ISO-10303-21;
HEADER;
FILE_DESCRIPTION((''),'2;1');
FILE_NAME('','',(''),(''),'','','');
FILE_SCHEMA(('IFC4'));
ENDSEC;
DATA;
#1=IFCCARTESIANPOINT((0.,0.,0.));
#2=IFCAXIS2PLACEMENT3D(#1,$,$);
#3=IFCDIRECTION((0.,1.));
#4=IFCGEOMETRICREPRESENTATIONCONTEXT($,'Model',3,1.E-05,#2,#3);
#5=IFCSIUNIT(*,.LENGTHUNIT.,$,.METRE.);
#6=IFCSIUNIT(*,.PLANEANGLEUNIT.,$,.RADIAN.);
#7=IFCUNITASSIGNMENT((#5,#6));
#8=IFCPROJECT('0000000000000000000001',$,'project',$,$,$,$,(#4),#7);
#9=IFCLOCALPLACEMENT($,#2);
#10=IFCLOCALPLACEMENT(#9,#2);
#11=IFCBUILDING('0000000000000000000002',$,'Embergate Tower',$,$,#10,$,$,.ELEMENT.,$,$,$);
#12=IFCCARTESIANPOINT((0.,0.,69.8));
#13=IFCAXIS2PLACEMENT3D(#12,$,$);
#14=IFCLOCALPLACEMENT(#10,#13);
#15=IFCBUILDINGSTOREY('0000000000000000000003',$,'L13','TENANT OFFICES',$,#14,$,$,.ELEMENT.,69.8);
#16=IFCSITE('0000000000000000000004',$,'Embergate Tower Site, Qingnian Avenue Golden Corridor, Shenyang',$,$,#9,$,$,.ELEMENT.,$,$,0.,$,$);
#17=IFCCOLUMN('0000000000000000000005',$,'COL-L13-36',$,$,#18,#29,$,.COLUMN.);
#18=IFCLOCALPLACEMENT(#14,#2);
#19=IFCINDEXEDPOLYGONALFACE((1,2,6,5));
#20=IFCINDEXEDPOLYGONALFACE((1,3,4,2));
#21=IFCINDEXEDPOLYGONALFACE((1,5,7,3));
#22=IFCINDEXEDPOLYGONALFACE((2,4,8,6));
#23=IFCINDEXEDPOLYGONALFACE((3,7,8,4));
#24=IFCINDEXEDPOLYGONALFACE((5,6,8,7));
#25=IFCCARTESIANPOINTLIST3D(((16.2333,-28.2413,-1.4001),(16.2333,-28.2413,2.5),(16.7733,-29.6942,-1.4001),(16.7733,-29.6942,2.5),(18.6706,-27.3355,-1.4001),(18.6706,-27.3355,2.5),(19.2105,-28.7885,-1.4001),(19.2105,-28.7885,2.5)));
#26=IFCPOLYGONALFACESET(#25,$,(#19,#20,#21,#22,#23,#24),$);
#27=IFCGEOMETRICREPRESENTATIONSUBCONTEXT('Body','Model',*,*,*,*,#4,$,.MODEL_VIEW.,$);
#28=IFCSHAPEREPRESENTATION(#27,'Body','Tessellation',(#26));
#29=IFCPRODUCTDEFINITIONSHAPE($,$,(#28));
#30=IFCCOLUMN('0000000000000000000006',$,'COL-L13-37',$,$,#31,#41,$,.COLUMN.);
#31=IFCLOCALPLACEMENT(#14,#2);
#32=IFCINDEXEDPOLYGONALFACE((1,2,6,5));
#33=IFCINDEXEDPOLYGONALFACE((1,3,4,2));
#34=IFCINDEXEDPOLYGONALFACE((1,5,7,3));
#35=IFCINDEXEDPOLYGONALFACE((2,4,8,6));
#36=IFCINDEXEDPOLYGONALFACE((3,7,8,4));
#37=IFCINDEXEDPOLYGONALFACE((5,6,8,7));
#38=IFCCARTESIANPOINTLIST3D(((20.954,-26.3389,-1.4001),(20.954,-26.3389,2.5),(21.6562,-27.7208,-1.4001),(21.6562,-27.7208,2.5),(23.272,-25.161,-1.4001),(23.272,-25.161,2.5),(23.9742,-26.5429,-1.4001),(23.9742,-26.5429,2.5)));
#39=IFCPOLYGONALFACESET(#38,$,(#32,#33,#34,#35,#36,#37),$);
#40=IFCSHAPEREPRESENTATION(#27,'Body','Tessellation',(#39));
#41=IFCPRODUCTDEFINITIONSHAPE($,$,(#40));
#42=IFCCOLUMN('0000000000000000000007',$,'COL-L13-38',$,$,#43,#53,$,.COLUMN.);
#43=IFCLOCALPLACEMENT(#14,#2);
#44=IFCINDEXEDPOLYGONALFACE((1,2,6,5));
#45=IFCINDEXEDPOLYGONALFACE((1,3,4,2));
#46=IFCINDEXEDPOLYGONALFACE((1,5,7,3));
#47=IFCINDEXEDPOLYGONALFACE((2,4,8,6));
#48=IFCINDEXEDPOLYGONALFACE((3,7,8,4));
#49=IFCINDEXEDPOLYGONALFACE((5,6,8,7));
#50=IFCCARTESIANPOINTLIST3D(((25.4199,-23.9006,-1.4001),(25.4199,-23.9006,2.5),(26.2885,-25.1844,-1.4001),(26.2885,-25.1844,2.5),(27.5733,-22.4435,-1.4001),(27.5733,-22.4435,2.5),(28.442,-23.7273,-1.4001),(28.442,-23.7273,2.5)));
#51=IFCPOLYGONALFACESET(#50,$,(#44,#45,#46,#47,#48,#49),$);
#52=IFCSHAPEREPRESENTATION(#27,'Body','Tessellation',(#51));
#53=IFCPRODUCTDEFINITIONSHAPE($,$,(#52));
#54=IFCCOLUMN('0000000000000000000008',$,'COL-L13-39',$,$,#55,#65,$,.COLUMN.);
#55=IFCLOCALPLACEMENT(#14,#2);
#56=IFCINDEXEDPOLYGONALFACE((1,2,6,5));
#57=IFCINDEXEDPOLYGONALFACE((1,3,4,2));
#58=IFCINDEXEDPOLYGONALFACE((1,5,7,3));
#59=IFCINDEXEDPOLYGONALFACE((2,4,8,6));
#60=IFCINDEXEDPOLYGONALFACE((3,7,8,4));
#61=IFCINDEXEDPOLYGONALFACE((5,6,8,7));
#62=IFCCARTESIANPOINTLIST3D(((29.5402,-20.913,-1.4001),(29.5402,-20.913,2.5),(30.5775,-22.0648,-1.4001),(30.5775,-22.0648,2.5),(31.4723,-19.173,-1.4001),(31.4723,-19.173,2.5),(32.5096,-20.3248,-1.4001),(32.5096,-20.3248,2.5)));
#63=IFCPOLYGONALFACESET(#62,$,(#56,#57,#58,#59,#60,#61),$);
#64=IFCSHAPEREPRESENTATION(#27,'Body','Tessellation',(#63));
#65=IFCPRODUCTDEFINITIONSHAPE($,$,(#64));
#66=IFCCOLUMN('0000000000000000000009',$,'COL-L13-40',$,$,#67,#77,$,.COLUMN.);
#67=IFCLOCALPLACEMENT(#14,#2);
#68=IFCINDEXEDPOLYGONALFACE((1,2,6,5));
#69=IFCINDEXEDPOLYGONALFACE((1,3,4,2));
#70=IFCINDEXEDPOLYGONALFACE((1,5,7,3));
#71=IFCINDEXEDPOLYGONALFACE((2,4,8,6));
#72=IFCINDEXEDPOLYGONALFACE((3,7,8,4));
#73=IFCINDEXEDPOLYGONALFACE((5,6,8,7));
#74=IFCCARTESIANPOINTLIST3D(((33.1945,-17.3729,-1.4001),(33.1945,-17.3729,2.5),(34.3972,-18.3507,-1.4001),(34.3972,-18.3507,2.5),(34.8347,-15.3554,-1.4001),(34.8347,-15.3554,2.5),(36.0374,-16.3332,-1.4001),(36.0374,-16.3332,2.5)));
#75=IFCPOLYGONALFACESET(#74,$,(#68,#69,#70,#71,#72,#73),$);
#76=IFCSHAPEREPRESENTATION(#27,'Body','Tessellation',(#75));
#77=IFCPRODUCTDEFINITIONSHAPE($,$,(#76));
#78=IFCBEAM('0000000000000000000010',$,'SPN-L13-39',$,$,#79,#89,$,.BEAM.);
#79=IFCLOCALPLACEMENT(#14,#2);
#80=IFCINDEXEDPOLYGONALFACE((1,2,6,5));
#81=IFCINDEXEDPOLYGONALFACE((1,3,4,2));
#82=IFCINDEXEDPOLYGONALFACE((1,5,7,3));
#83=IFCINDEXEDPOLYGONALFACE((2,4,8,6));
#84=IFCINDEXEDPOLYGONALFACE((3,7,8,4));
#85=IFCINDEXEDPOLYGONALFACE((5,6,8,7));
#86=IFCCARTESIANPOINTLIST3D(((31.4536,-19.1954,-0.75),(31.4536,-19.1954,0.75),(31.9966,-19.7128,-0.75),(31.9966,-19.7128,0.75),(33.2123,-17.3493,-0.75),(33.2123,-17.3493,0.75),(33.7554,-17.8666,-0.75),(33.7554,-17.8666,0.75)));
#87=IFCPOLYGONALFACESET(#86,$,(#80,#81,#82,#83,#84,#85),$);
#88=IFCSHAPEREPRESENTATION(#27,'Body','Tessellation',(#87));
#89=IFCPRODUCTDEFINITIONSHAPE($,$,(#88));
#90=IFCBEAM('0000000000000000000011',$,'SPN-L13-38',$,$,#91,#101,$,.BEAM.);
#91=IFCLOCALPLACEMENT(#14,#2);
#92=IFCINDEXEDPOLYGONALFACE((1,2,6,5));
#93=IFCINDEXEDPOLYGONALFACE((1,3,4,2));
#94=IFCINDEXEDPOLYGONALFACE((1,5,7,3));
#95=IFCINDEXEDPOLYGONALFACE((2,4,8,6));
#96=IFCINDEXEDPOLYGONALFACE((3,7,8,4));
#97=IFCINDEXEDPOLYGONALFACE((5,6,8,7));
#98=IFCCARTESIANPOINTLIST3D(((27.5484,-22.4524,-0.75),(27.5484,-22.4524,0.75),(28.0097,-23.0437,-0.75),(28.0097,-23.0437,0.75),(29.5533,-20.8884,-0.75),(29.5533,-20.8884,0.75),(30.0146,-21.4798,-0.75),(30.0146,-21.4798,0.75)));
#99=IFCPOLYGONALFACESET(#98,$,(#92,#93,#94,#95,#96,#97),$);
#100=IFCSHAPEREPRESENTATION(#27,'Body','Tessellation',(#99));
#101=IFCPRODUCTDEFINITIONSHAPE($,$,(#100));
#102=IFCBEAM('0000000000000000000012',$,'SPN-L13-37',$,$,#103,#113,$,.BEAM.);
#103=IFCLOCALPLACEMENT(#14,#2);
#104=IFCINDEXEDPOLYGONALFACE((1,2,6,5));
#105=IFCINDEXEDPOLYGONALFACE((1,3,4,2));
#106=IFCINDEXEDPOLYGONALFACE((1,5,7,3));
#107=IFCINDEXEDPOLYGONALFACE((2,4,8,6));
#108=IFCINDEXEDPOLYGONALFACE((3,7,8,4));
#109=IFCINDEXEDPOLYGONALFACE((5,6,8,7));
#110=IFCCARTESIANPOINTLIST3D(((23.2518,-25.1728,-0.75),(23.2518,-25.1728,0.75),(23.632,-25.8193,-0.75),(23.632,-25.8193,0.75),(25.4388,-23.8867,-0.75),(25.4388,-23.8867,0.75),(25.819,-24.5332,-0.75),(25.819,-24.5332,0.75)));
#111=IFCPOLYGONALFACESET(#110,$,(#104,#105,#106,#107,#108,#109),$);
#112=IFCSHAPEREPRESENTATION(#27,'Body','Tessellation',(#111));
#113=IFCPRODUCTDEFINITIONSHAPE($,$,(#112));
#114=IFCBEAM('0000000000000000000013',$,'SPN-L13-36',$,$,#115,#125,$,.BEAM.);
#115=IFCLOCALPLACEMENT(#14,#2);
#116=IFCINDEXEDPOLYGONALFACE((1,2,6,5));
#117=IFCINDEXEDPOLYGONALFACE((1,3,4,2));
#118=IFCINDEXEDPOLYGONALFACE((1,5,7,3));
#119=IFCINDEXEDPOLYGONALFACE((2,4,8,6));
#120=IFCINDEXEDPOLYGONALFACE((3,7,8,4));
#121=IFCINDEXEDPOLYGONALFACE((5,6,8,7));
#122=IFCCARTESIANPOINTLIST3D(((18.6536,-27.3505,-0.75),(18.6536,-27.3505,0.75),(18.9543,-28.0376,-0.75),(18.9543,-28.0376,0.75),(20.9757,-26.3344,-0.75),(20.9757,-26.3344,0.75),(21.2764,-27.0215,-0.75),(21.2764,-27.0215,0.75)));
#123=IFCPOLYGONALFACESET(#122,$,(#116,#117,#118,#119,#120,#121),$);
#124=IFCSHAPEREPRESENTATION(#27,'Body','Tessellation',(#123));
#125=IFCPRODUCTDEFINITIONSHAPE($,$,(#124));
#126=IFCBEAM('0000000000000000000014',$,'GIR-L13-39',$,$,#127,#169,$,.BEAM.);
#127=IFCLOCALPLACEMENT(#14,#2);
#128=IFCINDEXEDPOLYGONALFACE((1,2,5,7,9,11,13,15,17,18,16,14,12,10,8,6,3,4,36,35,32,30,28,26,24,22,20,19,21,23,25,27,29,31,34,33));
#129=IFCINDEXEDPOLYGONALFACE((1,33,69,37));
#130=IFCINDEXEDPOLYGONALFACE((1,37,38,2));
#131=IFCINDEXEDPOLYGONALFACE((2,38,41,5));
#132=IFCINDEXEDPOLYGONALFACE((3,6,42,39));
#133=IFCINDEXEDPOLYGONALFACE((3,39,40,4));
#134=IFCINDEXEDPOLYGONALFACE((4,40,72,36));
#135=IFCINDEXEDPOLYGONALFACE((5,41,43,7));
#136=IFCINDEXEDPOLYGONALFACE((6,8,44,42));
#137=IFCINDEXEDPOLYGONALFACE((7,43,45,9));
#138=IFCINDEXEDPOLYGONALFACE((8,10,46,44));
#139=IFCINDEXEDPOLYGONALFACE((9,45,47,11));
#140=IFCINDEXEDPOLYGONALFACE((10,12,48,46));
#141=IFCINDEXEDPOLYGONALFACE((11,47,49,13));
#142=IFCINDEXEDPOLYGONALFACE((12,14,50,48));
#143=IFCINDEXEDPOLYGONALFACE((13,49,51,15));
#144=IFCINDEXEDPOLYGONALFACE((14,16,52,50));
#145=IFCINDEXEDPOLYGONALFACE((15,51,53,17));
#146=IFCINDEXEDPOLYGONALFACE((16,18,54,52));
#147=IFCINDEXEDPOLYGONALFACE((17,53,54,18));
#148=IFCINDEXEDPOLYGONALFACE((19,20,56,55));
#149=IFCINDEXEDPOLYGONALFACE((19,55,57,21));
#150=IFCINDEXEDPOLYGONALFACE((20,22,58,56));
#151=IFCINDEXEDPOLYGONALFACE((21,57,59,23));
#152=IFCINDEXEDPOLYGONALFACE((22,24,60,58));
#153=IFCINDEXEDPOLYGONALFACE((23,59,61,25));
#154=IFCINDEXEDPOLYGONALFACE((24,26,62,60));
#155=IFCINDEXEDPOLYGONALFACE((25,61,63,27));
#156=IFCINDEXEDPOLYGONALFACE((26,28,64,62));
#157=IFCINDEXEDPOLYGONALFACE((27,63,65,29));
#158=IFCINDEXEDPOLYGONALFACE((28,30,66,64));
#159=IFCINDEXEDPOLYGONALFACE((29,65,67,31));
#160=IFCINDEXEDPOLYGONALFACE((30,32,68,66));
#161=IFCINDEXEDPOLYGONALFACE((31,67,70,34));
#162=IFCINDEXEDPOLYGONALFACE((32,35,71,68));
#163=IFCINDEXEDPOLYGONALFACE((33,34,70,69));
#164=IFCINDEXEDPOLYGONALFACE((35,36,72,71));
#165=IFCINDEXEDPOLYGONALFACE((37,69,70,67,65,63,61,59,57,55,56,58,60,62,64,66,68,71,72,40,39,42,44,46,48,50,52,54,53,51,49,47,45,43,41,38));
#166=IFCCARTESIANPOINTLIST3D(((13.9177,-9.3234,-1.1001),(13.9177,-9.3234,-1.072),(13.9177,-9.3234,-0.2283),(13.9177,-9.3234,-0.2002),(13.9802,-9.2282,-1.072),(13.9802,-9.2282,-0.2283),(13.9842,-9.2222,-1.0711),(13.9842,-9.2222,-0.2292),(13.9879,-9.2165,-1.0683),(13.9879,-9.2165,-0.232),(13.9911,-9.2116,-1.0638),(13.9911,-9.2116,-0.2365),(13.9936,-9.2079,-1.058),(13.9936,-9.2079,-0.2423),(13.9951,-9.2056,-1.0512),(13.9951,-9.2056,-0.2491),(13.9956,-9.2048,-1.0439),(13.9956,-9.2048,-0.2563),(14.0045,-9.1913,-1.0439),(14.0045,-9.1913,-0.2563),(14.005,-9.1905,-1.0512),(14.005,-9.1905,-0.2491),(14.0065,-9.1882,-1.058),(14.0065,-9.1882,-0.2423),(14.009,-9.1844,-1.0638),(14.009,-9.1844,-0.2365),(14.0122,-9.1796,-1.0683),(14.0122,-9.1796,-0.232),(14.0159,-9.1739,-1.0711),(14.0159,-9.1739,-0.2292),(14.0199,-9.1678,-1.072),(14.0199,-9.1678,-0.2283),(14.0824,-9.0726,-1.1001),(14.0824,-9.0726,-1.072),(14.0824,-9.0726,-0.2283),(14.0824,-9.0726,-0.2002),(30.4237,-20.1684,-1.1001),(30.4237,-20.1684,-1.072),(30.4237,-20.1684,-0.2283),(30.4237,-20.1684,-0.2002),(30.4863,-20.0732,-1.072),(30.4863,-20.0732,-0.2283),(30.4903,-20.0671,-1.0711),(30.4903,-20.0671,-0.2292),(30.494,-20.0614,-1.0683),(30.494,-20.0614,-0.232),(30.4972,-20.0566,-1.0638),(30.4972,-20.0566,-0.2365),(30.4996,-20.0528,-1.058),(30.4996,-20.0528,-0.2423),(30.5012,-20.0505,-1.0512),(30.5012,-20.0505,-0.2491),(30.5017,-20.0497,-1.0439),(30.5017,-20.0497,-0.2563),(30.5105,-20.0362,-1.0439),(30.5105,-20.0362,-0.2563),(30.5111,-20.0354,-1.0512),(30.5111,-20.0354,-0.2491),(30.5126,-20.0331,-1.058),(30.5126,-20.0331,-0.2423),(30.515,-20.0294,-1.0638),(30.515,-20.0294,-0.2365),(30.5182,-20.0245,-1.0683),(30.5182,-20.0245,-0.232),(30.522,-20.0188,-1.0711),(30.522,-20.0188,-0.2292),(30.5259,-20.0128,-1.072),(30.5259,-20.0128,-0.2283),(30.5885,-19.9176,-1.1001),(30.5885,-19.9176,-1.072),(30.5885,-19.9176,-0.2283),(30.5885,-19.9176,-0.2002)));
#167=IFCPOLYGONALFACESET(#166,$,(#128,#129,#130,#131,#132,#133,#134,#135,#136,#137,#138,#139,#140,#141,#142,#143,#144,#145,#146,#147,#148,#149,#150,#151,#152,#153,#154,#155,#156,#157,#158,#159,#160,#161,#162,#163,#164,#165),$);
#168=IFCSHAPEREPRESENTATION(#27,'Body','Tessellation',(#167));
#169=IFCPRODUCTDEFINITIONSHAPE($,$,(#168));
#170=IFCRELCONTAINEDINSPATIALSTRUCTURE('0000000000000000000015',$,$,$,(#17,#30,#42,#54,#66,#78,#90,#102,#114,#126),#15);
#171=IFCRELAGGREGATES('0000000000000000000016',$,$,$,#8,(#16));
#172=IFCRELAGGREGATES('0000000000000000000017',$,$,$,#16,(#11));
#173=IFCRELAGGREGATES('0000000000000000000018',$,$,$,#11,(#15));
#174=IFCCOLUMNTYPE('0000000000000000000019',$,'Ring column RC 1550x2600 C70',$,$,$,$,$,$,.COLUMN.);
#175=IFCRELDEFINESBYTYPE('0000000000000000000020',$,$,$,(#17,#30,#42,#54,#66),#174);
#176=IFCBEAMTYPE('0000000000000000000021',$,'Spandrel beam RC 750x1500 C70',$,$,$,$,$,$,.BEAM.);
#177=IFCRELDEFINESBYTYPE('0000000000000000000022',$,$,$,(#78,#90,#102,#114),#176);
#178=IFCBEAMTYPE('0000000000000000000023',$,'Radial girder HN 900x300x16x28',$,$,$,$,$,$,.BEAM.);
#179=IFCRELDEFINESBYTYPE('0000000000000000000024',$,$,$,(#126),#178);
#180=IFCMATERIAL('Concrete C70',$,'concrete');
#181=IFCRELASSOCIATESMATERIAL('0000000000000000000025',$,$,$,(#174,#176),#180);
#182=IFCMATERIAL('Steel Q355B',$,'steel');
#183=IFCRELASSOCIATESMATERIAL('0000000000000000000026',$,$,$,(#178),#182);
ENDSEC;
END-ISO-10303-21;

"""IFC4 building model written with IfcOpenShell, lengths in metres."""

from ifc_helpers import new_model, si_unit, direction, frame, origin, origin_2d, place, context, subcontext, project, spatial, rectangle, i_section, extrude, source, transform, mapped, material, material_profile, profile_set, type_object, element, save


model = new_model("IFC4")

# Units and contexts
model_context = context("Model", 3, precision=1e-05, world=origin(), true_north=direction((0.0, 1.0)))
body_context = subcontext(model_context, "Body", "Model", "MODEL_VIEW")
ifc_project = project(units=[si_unit("LENGTHUNIT", "METRE"), si_unit("PLANEANGLEUNIT", "RADIAN")], contexts=[model_context])

# Site, building, storey
site_placement = place(None, origin())
site = spatial("IfcSite", under=ifc_project, at=site_placement, Name="Embergate Tower Site, Qingnian Avenue Golden Corridor, Shenyang", CompositionType="ELEMENT", RefElevation=0.0)
building_placement = place(site_placement, origin())
building = spatial("IfcBuilding", under=site, at=building_placement, Name="Embergate Tower", CompositionType="ELEMENT")
storey_placement = place(building_placement, frame((0.0, 0.0, 69.8)))
storey = spatial("IfcBuildingStorey", under=building, at=storey_placement, Name="L13", Description="TENANT OFFICES", CompositionType="ELEMENT", Elevation=69.8)

# Columns
ifc_material_1 = material(Name="Concrete C70", Category="concrete")
ifc_material_profile_1 = material_profile(ifc_material_1, rectangle(XDim=1.55, YDim=2.6001, at=origin_2d()), Name="RC 1550x2600")
ifc_profile_set_1 = profile_set([ifc_material_profile_1], Name="Concrete C70")
column_type = type_object("IfcColumnType", Name="Ring column RC 1550x2600 C70", PredefinedType="COLUMN", material=ifc_profile_set_1)
shared_shape_1 = source(origin(), body_context, "Body", "SweptSolid", [
    extrude(rectangle(XDim=1.55, YDim=2.6001, at=origin_2d()), origin(), (0.0, 0.0, 1.0), 3.9001),
])
for number, where, z_axis, x_axis, name in (
    (1, (17.7219, -28.5149, -1.4001), (0.0, 0.0, 1.0), (0.348343, -0.937367, 0.0), "COL-L13-36"),
    (2, (22.4641, -26.4409, -1.4001), (0.0, 0.0, 1.0), (0.453011, -0.891505, 0.0), "COL-L13-37"),
    (3, (26.9309, -23.814, -1.4001), (0.0, 0.0, 1.0), (0.560393, -0.828227, 0.0), "COL-L13-38"),
    (4, (31.0249, -20.6189, -1.4001), (0.0, 0.0, 1.0), (0.669208, -0.743075, 0.0), "COL-L13-39"),
    (5, (34.616, -16.853, -1.4001), (0.0, 0.0, 1.0), (0.775925, -0.630825, 0.0), "COL-L13-40"),
):
    element("IfcColumn", number, at=place(storey_placement, frame(where, z_axis=z_axis, x_axis=x_axis)), inside=storey, type_object=column_type, Name=name, PredefinedType="COLUMN", context=body_context, shape_type="MappedRepresentation", body=[
        mapped(shared_shape_1, transform((0.0, 0.0, 0.0))),
    ])

# Beams
ifc_material_profile_2 = material_profile(ifc_material_1, rectangle(XDim=0.75, YDim=1.5, at=origin_2d()), Name="RC 750x1500")
ifc_profile_set_2 = profile_set([ifc_material_profile_2], Name="Concrete C70")
beam_type_1 = type_object("IfcBeamType", Name="Spandrel beam RC 750x1500 C70", PredefinedType="BEAM", material=ifc_profile_set_2)
shared_shape_2 = source(origin(), body_context, "Body", "SweptSolid", [
    extrude(rectangle(XDim=0.75, YDim=1.5, at=origin_2d()), origin(), (0.0, 0.0, 1.0), 2.5498),
])
beam_1_placement = place(storey_placement, frame((31.7251, -19.4541, 0.0), z_axis=(0.68976, 0.724038, 0.0), x_axis=(-0.724038, 0.68976, 0.0)))
element("IfcBeam", 6, at=beam_1_placement, inside=storey, type_object=beam_type_1, Name="SPN-L13-39", PredefinedType="BEAM", context=body_context, shape_type="MappedRepresentation", body=[
    mapped(shared_shape_2, transform((0.0, 0.0, 0.0))),
])
shared_shape_3 = source(origin(), body_context, "Body", "SweptSolid", [
    extrude(rectangle(XDim=0.75, YDim=1.5, at=origin_2d()), origin(), (0.0, 0.0, 1.0), 2.5427),
])
beam_2_placement = place(storey_placement, frame((27.7791, -22.748, 0.0), z_axis=(0.788473, 0.61507, 0.0), x_axis=(-0.61507, 0.788473, 0.0)))
element("IfcBeam", 7, at=beam_2_placement, inside=storey, type_object=beam_type_1, Name="SPN-L13-38", PredefinedType="BEAM", context=body_context, shape_type="MappedRepresentation", body=[
    mapped(shared_shape_3, transform((0.0, 0.0, 0.0))),
])
shared_shape_4 = source(origin(), body_context, "Body", "SweptSolid", [
    extrude(rectangle(XDim=0.75, YDim=1.5, at=origin_2d()), origin(), (0.0, 0.0, 1.0), 2.5371),
])
beam_3_placement = place(storey_placement, frame((23.4419, -25.4961, 0.0), z_axis=(0.861994, 0.506919, 0.0), x_axis=(-0.506919, 0.861994, 0.0)))
element("IfcBeam", 8, at=beam_3_placement, inside=storey, type_object=beam_type_1, Name="SPN-L13-37", PredefinedType="BEAM", context=body_context, shape_type="MappedRepresentation", body=[
    mapped(shared_shape_4, transform((0.0, 0.0, 0.0))),
])
shared_shape_5 = source(origin(), body_context, "Body", "SweptSolid", [
    extrude(rectangle(XDim=0.75, YDim=1.5, at=origin_2d()), origin(), (0.0, 0.0, 1.0), 2.5347),
])
beam_4_placement = place(storey_placement, frame((18.804, -27.6941, 0.0), z_axis=(0.916124, 0.400895, 0.0), x_axis=(-0.400895, 0.916124, 0.0)))
element("IfcBeam", 9, at=beam_4_placement, inside=storey, type_object=beam_type_1, Name="SPN-L13-36", PredefinedType="BEAM", context=body_context, shape_type="MappedRepresentation", body=[
    mapped(shared_shape_5, transform((0.0, 0.0, 0.0))),
])
ifc_material_2 = material(Name="Steel Q355B", Category="steel")
ifc_material_profile_3 = material_profile(ifc_material_2, i_section(OverallWidth=0.3, OverallDepth=0.8999, WebThickness=0.0161, FlangeThickness=0.0281, FilletRadius=0.0281, at=origin_2d()), Name="HN 900x300x16x28")
ifc_profile_set_3 = profile_set([ifc_material_profile_3], Name="Steel Q355 grade B")
beam_type_2 = type_object("IfcBeamType", Name="Radial girder HN 900x300x16x28", PredefinedType="BEAM", material=ifc_profile_set_3)
shared_shape_6 = source(origin(), body_context, "Body", "SweptSolid", [
    extrude(i_section(OverallWidth=0.3, OverallDepth=0.8999, WebThickness=0.0161, FlangeThickness=0.0281, FilletRadius=0.0281, at=origin_2d()), origin(), (0.0, 0.0, 1.0), 19.75),
])
beam_5_placement = place(storey_placement, frame((30.5061, -20.043, -0.6501), z_axis=(-0.83575, 0.549111, 0.0), x_axis=(-0.549111, -0.83575, 0.0)))
element("IfcBeam", 10, at=beam_5_placement, inside=storey, type_object=beam_type_2, Name="GIR-L13-39", PredefinedType="BEAM", context=body_context, shape_type="MappedRepresentation", body=[
    mapped(shared_shape_6, transform((0.0, 0.0, 0.0))),
])

save(model, "model.ifc")
